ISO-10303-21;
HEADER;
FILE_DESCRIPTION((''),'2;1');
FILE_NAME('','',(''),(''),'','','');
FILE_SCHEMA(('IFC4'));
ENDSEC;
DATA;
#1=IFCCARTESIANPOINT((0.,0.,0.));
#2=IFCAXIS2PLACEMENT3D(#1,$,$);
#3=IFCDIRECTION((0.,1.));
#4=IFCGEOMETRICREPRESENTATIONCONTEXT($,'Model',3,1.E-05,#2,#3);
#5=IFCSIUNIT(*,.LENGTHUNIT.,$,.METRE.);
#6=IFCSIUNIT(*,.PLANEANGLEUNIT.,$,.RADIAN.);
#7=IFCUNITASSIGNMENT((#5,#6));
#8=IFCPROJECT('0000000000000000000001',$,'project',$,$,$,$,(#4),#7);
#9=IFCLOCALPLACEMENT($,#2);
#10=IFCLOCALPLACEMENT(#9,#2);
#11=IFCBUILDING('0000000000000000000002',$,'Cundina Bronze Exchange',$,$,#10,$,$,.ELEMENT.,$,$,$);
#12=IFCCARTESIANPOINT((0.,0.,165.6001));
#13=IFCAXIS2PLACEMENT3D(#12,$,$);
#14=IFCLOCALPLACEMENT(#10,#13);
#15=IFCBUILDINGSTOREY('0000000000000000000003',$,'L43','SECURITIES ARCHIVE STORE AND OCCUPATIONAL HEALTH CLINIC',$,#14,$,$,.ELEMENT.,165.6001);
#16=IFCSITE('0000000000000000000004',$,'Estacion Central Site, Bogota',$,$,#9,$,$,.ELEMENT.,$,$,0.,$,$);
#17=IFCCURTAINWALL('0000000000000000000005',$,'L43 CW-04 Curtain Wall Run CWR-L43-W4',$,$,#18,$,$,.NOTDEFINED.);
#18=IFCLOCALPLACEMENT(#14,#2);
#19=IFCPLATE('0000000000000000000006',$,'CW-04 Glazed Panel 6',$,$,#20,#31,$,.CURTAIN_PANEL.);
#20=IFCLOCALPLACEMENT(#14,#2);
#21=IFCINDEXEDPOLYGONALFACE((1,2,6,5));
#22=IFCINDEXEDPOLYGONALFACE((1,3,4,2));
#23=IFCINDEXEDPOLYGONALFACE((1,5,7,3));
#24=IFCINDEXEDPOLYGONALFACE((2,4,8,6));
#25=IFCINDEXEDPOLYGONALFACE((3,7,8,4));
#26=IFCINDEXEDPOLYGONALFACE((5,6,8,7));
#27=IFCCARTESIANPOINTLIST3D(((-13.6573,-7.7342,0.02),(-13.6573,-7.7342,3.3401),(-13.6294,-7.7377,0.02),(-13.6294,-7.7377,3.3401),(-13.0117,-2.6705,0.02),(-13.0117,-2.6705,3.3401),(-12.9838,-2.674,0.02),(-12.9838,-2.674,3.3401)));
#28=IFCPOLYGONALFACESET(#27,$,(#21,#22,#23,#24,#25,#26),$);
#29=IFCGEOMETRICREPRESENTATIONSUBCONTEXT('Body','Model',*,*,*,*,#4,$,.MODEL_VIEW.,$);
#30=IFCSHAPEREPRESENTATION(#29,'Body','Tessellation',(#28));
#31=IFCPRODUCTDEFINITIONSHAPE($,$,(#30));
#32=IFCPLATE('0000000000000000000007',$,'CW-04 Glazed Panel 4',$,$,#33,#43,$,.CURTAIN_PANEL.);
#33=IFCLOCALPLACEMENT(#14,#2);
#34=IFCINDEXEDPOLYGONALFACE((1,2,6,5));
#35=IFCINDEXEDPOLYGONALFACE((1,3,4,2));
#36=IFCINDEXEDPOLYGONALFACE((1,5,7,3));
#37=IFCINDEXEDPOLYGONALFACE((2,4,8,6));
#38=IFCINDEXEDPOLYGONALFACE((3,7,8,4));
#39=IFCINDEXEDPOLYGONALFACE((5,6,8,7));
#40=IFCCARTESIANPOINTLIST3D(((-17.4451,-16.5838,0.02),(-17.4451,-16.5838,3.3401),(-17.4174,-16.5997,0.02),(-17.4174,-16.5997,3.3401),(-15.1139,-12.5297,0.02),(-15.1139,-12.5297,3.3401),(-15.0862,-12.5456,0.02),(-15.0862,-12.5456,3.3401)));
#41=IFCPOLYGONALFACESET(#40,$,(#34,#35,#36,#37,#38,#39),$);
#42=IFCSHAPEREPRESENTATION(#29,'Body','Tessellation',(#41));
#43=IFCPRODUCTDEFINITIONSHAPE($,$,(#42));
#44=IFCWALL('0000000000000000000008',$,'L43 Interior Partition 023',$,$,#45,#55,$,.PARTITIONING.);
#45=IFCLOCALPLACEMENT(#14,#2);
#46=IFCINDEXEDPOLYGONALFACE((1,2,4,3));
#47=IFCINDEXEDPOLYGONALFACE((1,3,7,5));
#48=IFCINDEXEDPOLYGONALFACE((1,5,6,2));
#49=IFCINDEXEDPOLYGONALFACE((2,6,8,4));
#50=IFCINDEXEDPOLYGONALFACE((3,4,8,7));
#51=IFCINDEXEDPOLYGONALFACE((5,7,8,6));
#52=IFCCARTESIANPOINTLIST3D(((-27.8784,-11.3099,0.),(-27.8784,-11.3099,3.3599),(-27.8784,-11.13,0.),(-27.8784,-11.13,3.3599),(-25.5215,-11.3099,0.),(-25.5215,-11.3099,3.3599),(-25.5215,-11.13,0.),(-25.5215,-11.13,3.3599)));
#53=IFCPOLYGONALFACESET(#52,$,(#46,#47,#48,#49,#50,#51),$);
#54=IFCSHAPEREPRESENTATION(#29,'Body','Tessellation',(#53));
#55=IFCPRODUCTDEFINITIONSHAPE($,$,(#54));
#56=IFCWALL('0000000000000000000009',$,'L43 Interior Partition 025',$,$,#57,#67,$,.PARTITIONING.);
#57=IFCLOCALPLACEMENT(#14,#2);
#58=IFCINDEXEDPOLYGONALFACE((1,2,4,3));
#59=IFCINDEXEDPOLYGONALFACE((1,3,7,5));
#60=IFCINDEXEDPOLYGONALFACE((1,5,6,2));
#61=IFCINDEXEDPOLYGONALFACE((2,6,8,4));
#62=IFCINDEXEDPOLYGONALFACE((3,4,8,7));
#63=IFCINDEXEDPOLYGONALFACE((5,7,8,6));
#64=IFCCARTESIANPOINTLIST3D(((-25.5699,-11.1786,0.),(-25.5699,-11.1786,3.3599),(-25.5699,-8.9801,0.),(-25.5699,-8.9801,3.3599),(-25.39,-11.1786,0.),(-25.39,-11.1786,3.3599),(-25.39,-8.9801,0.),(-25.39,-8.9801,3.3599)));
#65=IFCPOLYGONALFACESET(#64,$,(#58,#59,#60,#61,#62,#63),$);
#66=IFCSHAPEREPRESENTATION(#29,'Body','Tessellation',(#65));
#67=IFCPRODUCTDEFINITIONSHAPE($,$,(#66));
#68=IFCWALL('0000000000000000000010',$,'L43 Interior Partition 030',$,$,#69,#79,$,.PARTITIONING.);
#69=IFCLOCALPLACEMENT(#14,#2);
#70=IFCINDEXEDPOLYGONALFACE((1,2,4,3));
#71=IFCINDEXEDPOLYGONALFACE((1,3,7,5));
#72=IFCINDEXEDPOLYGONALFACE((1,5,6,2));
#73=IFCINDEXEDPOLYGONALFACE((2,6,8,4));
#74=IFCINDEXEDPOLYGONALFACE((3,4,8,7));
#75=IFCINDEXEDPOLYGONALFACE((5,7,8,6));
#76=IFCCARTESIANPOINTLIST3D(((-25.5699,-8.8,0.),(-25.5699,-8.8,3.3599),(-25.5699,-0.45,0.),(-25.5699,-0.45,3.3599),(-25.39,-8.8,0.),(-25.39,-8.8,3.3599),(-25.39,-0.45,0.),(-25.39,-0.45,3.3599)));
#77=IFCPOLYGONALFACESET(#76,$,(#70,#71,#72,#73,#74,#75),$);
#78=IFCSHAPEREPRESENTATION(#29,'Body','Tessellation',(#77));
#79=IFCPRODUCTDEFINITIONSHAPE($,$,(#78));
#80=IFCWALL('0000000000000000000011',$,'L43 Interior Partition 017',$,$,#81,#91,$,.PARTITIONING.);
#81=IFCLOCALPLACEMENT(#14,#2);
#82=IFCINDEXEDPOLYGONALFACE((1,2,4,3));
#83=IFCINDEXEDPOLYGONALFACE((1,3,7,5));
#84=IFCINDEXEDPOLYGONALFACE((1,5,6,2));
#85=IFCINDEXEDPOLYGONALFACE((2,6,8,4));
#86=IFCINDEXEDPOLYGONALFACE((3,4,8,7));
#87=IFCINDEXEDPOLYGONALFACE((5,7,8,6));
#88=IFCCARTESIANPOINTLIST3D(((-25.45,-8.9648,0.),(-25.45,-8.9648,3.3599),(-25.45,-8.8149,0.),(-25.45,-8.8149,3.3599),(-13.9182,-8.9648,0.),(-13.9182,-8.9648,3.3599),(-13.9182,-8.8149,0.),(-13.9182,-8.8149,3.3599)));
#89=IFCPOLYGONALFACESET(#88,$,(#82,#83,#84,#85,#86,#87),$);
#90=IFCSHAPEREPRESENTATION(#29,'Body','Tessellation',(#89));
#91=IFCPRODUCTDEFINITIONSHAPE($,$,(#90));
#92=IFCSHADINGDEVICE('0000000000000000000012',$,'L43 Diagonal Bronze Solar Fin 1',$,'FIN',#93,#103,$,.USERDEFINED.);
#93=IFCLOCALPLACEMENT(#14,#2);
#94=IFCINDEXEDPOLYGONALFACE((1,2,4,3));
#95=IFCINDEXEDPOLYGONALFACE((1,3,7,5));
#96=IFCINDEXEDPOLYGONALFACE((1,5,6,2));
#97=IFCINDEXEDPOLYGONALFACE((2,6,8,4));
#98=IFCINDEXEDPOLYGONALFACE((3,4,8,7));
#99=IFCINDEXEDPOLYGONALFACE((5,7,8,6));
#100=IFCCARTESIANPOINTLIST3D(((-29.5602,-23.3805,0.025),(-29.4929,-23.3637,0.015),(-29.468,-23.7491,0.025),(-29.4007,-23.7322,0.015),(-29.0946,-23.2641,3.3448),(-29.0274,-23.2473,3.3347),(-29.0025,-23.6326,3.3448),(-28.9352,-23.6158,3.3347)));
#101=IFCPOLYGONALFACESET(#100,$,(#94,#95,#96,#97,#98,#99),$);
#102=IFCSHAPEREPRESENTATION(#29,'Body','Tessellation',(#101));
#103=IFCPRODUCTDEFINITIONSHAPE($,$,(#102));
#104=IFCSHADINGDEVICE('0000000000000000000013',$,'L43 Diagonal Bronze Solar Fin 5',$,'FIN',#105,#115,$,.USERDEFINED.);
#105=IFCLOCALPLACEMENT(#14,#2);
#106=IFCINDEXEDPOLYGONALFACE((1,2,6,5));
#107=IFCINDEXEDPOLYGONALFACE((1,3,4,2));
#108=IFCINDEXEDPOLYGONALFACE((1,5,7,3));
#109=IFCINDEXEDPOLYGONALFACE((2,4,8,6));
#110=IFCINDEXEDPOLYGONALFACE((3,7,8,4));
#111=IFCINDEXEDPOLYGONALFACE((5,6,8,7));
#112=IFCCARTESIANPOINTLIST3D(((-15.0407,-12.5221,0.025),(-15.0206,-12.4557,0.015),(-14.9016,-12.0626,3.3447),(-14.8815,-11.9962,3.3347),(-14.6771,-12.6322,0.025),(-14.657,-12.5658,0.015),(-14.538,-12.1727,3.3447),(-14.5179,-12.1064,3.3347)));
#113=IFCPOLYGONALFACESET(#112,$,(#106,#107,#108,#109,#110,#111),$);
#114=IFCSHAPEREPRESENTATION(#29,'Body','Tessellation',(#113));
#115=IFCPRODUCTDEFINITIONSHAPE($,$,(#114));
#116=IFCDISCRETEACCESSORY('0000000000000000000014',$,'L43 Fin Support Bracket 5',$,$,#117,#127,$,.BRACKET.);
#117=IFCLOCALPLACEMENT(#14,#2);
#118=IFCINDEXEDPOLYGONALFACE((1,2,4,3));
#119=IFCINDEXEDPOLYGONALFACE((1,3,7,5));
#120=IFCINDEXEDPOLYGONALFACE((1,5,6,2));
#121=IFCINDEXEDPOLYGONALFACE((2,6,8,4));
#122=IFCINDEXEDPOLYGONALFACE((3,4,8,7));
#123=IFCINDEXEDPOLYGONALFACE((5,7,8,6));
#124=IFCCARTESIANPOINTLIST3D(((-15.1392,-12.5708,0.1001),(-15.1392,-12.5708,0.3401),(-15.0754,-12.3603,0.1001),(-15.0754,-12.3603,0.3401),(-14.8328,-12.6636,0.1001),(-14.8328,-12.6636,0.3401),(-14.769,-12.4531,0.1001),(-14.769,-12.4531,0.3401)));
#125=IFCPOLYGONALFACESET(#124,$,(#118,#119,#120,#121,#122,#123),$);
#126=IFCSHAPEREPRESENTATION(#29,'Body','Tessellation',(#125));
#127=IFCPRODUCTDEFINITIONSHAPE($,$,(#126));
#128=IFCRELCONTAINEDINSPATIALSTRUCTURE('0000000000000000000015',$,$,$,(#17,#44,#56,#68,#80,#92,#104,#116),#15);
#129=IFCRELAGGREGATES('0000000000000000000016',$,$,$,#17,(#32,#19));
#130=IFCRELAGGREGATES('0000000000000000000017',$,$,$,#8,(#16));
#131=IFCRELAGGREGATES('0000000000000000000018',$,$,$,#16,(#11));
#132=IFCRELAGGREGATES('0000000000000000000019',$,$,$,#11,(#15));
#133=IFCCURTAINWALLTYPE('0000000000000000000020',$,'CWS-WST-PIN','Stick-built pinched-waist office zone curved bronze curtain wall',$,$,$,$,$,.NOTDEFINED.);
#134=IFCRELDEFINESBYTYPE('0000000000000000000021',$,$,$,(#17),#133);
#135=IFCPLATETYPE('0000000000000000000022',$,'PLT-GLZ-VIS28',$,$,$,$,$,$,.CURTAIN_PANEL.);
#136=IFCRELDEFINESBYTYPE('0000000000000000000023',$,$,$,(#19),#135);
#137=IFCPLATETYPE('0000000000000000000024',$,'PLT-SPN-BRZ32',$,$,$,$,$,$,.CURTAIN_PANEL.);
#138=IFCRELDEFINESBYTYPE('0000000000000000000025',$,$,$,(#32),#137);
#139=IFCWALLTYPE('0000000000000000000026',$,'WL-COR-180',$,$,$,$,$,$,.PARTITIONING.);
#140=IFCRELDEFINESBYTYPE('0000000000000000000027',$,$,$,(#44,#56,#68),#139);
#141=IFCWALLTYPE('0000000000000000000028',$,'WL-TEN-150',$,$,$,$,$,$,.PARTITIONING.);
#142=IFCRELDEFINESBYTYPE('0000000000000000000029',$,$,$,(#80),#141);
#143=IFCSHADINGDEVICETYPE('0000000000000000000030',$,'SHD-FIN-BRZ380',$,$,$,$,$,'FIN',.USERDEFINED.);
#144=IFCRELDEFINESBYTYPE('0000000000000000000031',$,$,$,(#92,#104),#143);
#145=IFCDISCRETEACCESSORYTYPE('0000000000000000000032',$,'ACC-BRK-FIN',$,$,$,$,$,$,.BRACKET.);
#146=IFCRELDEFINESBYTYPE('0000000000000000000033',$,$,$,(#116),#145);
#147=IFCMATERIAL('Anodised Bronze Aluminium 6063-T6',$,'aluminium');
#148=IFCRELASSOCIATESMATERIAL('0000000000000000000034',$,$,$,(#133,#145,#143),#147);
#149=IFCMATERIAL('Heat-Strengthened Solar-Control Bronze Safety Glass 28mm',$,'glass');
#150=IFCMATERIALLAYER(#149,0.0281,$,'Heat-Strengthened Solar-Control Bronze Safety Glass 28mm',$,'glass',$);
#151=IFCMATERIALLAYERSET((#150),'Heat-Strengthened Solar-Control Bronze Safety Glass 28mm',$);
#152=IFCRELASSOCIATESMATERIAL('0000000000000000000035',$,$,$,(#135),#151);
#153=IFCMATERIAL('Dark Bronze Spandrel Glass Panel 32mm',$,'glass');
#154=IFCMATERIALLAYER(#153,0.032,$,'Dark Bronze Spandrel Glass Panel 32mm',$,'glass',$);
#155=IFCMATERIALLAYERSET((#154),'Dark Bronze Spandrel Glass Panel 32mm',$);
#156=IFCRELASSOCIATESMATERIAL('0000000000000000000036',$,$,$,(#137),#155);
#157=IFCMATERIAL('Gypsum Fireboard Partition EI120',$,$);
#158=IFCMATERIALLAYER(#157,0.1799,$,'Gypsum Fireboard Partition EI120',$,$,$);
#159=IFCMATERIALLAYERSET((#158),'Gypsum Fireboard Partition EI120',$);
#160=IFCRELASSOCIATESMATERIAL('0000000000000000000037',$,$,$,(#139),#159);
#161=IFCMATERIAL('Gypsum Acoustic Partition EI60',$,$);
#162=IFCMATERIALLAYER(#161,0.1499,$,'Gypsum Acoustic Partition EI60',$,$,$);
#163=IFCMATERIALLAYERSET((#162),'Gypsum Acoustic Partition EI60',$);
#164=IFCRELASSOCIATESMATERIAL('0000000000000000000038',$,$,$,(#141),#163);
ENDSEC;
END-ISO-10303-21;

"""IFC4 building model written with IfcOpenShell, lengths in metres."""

from ifc_helpers import new_model, si_unit, direction, frame, frame_2d, origin, origin_2d, place, context, subcontext, project, spatial, rectangle, extrude, material, layer, layer_set, material_profile, profile_set, type_object, element, aggregate, save


model = new_model("IFC4")

# Units and contexts
model_context = context("Model", 3, precision=1e-05, world=origin(), true_north=direction((0.0, 1.0)))
body_context = subcontext(model_context, "Body", "Model", "MODEL_VIEW")
ifc_project = project(units=[si_unit("LENGTHUNIT", "METRE"), si_unit("PLANEANGLEUNIT", "RADIAN")], contexts=[model_context])

# Site, building, storey
site_placement = place(None, origin())
site = spatial("IfcSite", under=ifc_project, at=site_placement, Name="Estacion Central Site, Bogota", CompositionType="ELEMENT", RefElevation=0.0)
building_placement = place(site_placement, origin())
building = spatial("IfcBuilding", under=site, at=building_placement, Name="Cundina Bronze Exchange", CompositionType="ELEMENT")
storey_placement = place(building_placement, frame((0.0, 0.0, 165.6001)))
storey = spatial("IfcBuildingStorey", under=building, at=storey_placement, Name="L43", Description="SECURITIES ARCHIVE STORE AND OCCUPATIONAL HEALTH CLINIC", CompositionType="ELEMENT", Elevation=165.6001)

# Curtain wall, plates
ifc_material_1 = material(Name="Anodised Bronze Aluminium 6063-T6", Category="aluminium")
curtain_wall_type = type_object("IfcCurtainWallType", Name="CWS-WST-PIN", Description="Stick-built pinched-waist office zone curved bronze curtain wall", PredefinedType="NOTDEFINED", material=ifc_material_1)
curtain_wall_placement = place(storey_placement, origin())
curtain_wall = element("IfcCurtainWall", 1, at=curtain_wall_placement, inside=storey, type_object=curtain_wall_type, Name="L43 CW-04 Curtain Wall Run CWR-L43-W4", PredefinedType="NOTDEFINED")
ifc_material_2 = material(Name="Heat-Strengthened Solar-Control Bronze Safety Glass 28mm", Category="glass")
ifc_layer_1 = layer(ifc_material_2, 0.0281, Name="Heat-Strengthened Solar-Control Bronze Safety Glass 28mm", Category="glass")
ifc_layer_set_1 = layer_set([ifc_layer_1], Name="Heat-Strengthened Solar-Control Bronze Safety Glass 28mm")
plate_type_1 = type_object("IfcPlateType", Name="PLT-GLZ-VIS28", PredefinedType="CURTAIN_PANEL", material=ifc_layer_set_1)
plate_1_placement = place(storey_placement, frame((-13.3206, -5.2041, 0.02), z_axis=(0.0, 0.0, 1.0), x_axis=(0.126476, 0.99197, 0.0)))
plate_1 = element("IfcPlate", 2, at=plate_1_placement, type_object=plate_type_1, Name="CW-04 Glazed Panel 6", PredefinedType="CURTAIN_PANEL", context=body_context, shape_type="SweptSolid", body=[
    extrude(rectangle(XDim=5.1047, YDim=0.0281, at=origin_2d()), origin(), (0.0, 0.0, 1.0), 3.3201),
])
ifc_material_3 = material(Name="Dark Bronze Spandrel Glass Panel 32mm", Category="glass")
ifc_layer_2 = layer(ifc_material_3, 0.032, Name="Dark Bronze Spandrel Glass Panel 32mm", Category="glass")
ifc_layer_set_2 = layer_set([ifc_layer_2], Name="Dark Bronze Spandrel Glass Panel 32mm")
plate_type_2 = type_object("IfcPlateType", Name="PLT-SPN-BRZ32", PredefinedType="CURTAIN_PANEL", material=ifc_layer_set_2)
plate_2_placement = place(storey_placement, frame((-16.2656, -14.5647, 0.02), z_axis=(0.0, 0.0, 1.0), x_axis=(0.498488, 0.866897, 0.0)))
plate_2 = element("IfcPlate", 3, at=plate_2_placement, type_object=plate_type_2, Name="CW-04 Glazed Panel 4", PredefinedType="CURTAIN_PANEL", context=body_context, shape_type="SweptSolid", body=[
    extrude(rectangle(XDim=4.6765, YDim=0.032, at=origin_2d()), origin(), (0.0, 0.0, 1.0), 3.3201),
])
aggregate(curtain_wall, [plate_2, plate_1])

# Wall
ifc_material_4 = material(Name="Gypsum Fireboard Partition EI120")
ifc_layer_3 = layer(ifc_material_4, 0.1799, Name="Gypsum Fireboard Partition EI120")
ifc_layer_set_3 = layer_set([ifc_layer_3], Name="Gypsum Fireboard Partition EI120")
wall_type_1 = type_object("IfcWallType", Name="WL-COR-180", PredefinedType="PARTITIONING", material=ifc_layer_set_3)
wall_1_placement = place(storey_placement, frame((-27.8784, -11.22, 0.0), z_axis=(0.0, 0.0, 1.0), x_axis=(1.0, 0.0, 0.0)))
element("IfcWall", 4, at=wall_1_placement, inside=storey, type_object=wall_type_1, Name="L43 Interior Partition 023", PredefinedType="PARTITIONING", context=body_context, shape_type="SweptSolid", body=[
    extrude(rectangle(XDim=2.3569, YDim=0.1799, at=frame_2d((1.1785, 0.0))), origin(), (0.0, 0.0, 1.0), 3.3599),
])

# Walls
wall_2_placement = place(storey_placement, frame((-25.48, -11.1785, 0.0), z_axis=(0.0, 0.0, 1.0), x_axis=(0.0, 1.0, 0.0)))
element("IfcWall", 5, at=wall_2_placement, inside=storey, type_object=wall_type_1, Name="L43 Interior Partition 025", PredefinedType="PARTITIONING", context=body_context, shape_type="SweptSolid", body=[
    extrude(rectangle(XDim=2.1985, YDim=0.1799, at=frame_2d((1.0991, 0.0))), origin(), (0.0, 0.0, 1.0), 3.3599),
])
wall_3_placement = place(storey_placement, frame((-25.48, -8.8, 0.0), z_axis=(0.0, 0.0, 1.0), x_axis=(0.0, 1.0, 0.0)))
element("IfcWall", 6, at=wall_3_placement, inside=storey, type_object=wall_type_1, Name="L43 Interior Partition 030", PredefinedType="PARTITIONING", context=body_context, shape_type="SweptSolid", body=[
    extrude(rectangle(XDim=8.3501, YDim=0.1799, at=frame_2d((4.175, 0.0))), origin(), (0.0, 0.0, 1.0), 3.3599),
])
ifc_material_5 = material(Name="Gypsum Acoustic Partition EI60")
ifc_layer_4 = layer(ifc_material_5, 0.1499, Name="Gypsum Acoustic Partition EI60")
ifc_layer_set_4 = layer_set([ifc_layer_4], Name="Gypsum Acoustic Partition EI60")
wall_type_2 = type_object("IfcWallType", Name="WL-TEN-150", PredefinedType="PARTITIONING", material=ifc_layer_set_4)
wall_4_placement = place(storey_placement, frame((-25.45, -8.8899, 0.0), z_axis=(0.0, 0.0, 1.0), x_axis=(1.0, 0.0, 0.0)))
element("IfcWall", 7, at=wall_4_placement, inside=storey, type_object=wall_type_2, Name="L43 Interior Partition 017", PredefinedType="PARTITIONING", context=body_context, shape_type="SweptSolid", body=[
    extrude(rectangle(XDim=11.5317, YDim=0.1499, at=frame_2d((5.7659, 0.0))), origin(), (0.0, 0.0, 1.0), 3.3599),
])

# Shading devices
ifc_material_profile_1 = material_profile(ifc_material_1, rectangle(XDim=0.0701, YDim=0.3799, at=origin_2d()), Name="FIN70X380", Category="aluminium")
ifc_profile_set_1 = profile_set([ifc_material_profile_1], Name="Anodised Bronze Aluminium 6063-T6")
shading_device_type = type_object("IfcShadingDeviceType", Name="SHD-FIN-BRZ380", ElementType="FIN", PredefinedType="USERDEFINED", material=ifc_profile_set_1)
for number, where, z_axis, x_axis, name in (
    (8, (-29.4805, -23.5564, 0.02), (0.138798, 0.034718, 0.989712), (-0.960132, -0.240159, 0.143075), "L43 Diagonal Bronze Solar Fin 1"),
    (9, (-14.8489, -12.5439, 0.02), (0.041486, 0.136978, 0.989705), (-0.286882, -0.947214, 0.143123), "L43 Diagonal Bronze Solar Fin 5"),
):
    element("IfcShadingDevice", number, at=place(storey_placement, frame(where, z_axis=z_axis, x_axis=x_axis)), inside=storey, type_object=shading_device_type, Name=name, ObjectType="FIN", PredefinedType="USERDEFINED", context=body_context, shape_type="SweptSolid", body=[
        extrude(rectangle(XDim=0.0701, YDim=0.3799, at=origin_2d()), origin(), (0.0, 0.0, 1.0), 3.3542),
    ])

# Discrete accessory
discrete_accessory_type = type_object("IfcDiscreteAccessoryType", Name="ACC-BRK-FIN", PredefinedType="BRACKET", material=ifc_material_1)
discrete_accessory_placement = place(storey_placement, frame((-14.9541, -12.512, 0.1001), z_axis=(0.0, 0.0, 1.0), x_axis=(0.290051, 0.957011, 0.0)))
element("IfcDiscreteAccessory", 10, at=discrete_accessory_placement, inside=storey, type_object=discrete_accessory_type, Name="L43 Fin Support Bracket 5", PredefinedType="BRACKET", context=body_context, shape_type="SweptSolid", body=[
    extrude(rectangle(XDim=0.22, YDim=0.3201, at=origin_2d()), origin(), (0.0, 0.0, 1.0), 0.24),
])

save(model, "model.ifc")
